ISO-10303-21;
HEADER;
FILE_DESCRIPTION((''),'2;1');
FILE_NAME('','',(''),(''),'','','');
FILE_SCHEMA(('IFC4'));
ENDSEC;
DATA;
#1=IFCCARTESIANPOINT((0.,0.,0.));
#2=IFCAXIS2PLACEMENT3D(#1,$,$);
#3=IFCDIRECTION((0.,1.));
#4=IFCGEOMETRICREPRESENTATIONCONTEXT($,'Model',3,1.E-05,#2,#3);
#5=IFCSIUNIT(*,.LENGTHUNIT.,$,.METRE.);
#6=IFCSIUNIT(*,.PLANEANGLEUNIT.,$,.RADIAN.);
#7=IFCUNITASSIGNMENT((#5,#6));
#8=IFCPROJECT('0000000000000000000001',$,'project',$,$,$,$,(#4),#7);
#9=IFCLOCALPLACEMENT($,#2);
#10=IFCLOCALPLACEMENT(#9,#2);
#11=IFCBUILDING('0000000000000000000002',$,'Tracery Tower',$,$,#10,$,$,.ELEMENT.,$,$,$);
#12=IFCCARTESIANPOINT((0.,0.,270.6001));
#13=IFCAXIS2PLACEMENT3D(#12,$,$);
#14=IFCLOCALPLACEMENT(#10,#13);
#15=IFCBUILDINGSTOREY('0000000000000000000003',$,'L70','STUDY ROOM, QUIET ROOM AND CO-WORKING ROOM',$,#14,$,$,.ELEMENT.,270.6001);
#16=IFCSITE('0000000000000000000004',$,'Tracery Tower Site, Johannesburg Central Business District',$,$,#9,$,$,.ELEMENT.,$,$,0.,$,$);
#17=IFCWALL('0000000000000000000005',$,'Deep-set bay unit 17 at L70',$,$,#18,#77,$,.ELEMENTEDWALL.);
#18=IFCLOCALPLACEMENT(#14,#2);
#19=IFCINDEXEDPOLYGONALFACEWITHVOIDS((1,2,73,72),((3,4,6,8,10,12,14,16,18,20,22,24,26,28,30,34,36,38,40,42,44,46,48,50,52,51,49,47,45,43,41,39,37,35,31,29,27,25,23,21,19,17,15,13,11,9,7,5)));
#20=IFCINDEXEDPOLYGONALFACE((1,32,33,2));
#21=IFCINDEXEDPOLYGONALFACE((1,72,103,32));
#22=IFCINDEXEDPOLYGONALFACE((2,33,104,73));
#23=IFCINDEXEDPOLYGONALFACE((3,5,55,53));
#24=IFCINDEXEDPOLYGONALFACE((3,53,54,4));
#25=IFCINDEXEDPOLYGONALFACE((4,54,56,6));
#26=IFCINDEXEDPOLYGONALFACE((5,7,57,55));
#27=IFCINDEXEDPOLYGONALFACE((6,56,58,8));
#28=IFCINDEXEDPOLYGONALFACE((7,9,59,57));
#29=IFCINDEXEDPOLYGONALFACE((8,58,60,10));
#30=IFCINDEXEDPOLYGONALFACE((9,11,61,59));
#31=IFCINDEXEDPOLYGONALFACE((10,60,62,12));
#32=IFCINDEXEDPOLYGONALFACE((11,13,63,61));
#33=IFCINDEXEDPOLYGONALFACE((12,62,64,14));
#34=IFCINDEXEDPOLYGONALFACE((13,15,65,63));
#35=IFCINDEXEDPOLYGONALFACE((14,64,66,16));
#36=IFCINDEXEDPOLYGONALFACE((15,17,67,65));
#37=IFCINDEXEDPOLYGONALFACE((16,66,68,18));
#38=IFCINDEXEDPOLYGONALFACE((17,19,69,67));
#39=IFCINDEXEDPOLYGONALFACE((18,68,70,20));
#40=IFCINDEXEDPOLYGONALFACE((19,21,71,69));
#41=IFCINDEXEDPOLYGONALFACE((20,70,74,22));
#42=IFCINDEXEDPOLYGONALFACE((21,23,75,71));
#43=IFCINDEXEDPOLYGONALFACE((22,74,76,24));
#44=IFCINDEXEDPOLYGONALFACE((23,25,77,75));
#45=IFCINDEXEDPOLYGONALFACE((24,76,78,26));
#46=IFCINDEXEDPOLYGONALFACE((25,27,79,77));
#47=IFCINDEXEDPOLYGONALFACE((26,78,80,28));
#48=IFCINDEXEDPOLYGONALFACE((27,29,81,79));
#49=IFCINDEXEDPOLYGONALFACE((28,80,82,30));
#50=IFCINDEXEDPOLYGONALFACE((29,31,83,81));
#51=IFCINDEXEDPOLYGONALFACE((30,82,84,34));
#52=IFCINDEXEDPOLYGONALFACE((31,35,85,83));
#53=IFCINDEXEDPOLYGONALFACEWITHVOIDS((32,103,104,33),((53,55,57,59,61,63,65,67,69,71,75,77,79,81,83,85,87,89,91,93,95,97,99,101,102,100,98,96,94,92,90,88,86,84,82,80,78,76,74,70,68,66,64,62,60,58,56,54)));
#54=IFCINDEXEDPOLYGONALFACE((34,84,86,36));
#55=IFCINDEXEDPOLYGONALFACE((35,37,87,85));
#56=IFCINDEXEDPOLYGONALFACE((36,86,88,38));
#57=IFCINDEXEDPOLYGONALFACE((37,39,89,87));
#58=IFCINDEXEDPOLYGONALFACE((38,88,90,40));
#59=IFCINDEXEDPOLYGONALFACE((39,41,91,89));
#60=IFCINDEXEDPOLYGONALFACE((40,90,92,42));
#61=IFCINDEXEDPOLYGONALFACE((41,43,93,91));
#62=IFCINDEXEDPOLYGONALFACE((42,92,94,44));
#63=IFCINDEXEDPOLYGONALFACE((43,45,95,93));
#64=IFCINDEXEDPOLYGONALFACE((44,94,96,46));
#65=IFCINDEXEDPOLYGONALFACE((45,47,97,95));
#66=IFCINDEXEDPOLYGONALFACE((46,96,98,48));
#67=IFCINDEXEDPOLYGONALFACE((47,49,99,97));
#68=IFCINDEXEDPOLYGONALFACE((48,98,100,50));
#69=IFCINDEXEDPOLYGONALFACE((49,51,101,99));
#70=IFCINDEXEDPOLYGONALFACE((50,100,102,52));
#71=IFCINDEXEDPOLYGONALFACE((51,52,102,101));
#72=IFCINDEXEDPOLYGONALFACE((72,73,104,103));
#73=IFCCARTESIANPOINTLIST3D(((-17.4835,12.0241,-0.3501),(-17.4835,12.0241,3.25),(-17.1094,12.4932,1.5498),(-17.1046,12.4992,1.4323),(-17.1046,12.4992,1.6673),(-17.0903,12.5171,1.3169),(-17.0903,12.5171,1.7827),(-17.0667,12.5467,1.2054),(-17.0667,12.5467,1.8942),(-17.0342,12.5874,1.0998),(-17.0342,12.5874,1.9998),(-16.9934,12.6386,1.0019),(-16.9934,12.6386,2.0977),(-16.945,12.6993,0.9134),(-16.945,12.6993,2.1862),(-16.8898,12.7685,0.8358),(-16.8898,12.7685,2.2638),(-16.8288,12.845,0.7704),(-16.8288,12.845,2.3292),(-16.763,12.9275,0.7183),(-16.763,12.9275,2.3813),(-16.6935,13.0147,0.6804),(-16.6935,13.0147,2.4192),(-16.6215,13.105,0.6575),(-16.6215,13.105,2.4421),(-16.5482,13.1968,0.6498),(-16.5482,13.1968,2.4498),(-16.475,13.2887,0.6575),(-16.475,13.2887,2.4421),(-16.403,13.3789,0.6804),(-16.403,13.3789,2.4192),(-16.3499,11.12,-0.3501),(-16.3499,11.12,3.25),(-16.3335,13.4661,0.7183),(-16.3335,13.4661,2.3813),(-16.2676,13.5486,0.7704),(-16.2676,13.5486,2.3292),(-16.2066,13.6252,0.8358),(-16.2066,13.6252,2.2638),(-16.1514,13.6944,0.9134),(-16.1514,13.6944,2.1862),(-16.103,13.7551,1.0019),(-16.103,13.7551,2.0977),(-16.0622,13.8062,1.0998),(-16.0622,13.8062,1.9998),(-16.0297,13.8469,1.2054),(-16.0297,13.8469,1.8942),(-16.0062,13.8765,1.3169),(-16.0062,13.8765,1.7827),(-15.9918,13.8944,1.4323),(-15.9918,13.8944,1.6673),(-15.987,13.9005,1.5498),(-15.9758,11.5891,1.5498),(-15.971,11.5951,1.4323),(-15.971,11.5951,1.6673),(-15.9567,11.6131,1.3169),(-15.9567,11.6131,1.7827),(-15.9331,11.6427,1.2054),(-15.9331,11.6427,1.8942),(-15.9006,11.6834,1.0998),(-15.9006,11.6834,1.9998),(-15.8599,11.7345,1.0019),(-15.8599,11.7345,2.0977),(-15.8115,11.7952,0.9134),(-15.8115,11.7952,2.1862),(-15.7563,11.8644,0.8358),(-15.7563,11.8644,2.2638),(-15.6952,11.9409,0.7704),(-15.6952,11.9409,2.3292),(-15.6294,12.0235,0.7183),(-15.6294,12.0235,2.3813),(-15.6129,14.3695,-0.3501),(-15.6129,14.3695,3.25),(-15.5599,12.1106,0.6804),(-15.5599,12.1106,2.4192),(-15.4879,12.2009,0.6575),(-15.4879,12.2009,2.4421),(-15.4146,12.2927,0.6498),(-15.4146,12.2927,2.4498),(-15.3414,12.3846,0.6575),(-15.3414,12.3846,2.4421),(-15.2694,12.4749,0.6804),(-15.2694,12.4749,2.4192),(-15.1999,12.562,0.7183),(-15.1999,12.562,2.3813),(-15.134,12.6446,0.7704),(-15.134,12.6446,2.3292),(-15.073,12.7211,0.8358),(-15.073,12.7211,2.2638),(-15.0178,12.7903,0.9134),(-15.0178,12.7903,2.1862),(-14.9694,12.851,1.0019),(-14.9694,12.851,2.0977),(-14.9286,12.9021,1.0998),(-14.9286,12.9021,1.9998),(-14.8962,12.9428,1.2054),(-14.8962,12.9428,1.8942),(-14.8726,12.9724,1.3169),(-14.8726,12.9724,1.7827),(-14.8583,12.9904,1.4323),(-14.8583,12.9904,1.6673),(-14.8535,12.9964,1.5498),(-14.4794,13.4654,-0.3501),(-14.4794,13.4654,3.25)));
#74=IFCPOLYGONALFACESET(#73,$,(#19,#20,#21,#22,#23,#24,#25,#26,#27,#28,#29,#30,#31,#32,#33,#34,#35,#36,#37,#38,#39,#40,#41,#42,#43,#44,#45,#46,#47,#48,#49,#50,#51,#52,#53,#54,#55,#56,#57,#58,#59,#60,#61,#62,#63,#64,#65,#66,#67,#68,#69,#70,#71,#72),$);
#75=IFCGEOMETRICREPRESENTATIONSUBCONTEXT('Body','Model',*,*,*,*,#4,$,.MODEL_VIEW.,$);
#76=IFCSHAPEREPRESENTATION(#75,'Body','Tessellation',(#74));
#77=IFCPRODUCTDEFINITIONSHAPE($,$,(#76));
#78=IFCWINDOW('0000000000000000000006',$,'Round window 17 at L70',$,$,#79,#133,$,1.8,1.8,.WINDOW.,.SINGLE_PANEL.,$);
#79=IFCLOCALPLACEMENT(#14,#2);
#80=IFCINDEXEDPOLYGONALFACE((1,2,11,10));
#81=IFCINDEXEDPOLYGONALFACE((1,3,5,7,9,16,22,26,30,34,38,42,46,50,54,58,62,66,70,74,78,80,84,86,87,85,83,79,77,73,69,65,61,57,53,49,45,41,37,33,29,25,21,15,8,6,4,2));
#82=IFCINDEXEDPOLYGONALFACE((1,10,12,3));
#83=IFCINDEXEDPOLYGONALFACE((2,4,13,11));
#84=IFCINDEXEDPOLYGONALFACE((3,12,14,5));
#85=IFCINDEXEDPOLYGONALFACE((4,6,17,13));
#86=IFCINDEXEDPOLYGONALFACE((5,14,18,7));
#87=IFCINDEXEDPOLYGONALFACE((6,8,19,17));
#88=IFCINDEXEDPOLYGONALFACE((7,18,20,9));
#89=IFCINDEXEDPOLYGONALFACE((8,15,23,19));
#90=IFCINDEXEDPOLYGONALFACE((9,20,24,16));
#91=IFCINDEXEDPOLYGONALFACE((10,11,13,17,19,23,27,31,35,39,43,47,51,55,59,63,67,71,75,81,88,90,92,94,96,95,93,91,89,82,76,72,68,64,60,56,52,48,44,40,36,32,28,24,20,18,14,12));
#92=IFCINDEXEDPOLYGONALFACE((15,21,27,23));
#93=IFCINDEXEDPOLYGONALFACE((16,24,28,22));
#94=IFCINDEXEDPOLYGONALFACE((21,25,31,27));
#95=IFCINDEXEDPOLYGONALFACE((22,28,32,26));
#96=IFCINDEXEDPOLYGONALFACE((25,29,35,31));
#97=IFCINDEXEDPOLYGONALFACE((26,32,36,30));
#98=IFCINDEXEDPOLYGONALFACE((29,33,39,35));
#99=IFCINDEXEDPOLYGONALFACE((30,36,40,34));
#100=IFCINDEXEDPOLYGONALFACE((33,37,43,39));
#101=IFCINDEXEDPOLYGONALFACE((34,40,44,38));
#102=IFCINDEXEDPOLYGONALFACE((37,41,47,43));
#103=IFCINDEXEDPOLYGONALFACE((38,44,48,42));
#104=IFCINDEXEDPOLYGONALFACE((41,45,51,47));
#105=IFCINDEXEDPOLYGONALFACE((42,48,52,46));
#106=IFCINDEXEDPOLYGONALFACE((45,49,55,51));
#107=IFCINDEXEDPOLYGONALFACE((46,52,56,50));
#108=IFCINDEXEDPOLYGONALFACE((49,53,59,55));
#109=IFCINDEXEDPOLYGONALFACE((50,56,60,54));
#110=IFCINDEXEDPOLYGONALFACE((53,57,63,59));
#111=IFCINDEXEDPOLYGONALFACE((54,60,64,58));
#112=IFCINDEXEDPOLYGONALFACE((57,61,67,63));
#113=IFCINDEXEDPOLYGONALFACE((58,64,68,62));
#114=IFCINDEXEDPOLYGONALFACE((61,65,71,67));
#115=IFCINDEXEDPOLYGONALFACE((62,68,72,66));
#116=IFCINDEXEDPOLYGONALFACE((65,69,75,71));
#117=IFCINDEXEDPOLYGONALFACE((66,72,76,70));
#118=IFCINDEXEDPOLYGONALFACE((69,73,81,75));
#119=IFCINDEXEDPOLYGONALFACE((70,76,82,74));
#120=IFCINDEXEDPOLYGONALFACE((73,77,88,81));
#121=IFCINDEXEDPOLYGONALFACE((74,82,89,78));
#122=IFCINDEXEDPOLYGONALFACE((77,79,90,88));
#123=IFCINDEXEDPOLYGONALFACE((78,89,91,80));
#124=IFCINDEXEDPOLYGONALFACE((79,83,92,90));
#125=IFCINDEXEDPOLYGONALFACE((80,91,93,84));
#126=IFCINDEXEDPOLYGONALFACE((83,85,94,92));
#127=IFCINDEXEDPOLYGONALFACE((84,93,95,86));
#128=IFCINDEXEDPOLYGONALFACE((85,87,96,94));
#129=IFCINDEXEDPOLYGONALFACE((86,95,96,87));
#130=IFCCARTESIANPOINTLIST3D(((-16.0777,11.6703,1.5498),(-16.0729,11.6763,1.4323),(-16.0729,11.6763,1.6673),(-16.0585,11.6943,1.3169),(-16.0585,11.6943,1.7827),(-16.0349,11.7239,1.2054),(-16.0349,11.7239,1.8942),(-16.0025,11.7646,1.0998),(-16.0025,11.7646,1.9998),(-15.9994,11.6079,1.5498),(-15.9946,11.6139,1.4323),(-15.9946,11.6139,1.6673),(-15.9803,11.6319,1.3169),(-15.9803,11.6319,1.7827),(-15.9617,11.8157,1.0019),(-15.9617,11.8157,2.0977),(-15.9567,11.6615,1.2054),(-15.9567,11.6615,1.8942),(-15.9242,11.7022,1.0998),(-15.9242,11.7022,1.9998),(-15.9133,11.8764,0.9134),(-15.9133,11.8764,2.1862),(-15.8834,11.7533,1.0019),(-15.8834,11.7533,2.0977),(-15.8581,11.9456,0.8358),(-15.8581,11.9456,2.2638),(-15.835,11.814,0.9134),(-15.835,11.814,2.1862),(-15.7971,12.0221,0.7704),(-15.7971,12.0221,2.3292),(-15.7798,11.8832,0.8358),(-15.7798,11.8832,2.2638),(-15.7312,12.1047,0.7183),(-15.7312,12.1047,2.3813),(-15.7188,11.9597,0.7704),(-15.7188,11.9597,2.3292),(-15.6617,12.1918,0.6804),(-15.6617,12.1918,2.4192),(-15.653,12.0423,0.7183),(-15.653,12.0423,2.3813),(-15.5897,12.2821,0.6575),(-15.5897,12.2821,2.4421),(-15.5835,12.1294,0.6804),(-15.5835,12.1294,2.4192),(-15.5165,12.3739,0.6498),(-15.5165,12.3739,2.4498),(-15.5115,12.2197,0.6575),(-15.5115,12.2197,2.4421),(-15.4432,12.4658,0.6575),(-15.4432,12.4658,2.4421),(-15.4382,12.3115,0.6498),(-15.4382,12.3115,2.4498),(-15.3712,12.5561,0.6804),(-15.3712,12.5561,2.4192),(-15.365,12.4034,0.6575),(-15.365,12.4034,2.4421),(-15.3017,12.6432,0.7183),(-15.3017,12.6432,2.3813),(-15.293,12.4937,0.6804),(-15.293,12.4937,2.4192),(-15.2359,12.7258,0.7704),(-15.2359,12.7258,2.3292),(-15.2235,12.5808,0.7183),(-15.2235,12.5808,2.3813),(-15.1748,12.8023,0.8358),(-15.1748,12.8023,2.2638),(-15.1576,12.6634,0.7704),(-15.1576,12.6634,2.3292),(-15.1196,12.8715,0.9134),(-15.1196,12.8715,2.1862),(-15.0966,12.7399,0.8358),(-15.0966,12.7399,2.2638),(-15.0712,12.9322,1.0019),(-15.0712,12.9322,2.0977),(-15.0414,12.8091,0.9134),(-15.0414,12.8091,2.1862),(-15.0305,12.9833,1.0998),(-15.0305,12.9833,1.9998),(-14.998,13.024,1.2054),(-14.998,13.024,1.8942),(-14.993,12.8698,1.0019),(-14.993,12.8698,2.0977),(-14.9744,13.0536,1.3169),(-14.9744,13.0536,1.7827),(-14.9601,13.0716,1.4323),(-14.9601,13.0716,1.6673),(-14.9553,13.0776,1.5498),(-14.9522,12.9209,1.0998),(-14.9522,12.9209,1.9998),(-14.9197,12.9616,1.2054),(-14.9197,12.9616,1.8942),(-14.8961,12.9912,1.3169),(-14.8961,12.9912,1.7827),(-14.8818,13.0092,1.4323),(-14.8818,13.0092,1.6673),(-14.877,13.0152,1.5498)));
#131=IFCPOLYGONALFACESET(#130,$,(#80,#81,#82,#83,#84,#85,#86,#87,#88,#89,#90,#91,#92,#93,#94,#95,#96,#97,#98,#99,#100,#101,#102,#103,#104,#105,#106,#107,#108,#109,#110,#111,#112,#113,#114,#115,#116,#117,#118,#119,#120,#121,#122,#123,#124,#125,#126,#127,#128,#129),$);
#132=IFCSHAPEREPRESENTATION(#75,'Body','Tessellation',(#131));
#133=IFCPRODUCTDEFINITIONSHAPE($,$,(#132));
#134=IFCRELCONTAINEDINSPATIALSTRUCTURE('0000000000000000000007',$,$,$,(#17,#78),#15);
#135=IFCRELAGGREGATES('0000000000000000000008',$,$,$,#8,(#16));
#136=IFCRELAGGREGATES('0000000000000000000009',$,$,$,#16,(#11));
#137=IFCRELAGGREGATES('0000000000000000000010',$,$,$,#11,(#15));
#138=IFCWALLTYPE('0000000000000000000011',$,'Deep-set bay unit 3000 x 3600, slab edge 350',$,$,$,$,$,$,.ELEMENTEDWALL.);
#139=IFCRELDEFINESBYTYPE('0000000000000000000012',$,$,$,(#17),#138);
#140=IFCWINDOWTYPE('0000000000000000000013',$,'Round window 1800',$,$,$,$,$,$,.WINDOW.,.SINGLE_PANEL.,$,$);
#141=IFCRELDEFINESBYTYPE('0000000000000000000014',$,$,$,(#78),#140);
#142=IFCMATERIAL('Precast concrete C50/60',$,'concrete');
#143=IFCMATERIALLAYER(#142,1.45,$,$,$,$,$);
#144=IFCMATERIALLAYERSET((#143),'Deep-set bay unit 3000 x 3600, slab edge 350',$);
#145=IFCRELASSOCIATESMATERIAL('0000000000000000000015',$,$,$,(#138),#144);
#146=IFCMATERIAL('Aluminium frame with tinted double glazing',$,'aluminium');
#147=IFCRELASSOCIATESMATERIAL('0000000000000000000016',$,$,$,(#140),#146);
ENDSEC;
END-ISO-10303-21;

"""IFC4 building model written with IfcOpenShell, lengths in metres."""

from ifc_helpers import new_model, si_unit, direction, frame, frame_2d, origin, origin_2d, place, context, subcontext, project, spatial, rectangle, circle, extrude, material, layer, layer_set, type_object, element, fill, save


model = new_model("IFC4")

# Units and contexts
model_context = context("Model", 3, precision=1e-05, world=origin(), true_north=direction((0.0, 1.0)))
body_context = subcontext(model_context, "Body", "Model", "MODEL_VIEW")
ifc_project = project(units=[si_unit("LENGTHUNIT", "METRE"), si_unit("PLANEANGLEUNIT", "RADIAN")], contexts=[model_context])

# Site, building, storey
site_placement = place(None, origin())
site = spatial("IfcSite", under=ifc_project, at=site_placement, Name="Tracery Tower Site, Johannesburg Central Business District", CompositionType="ELEMENT", RefElevation=0.0)
building_placement = place(site_placement, origin())
building = spatial("IfcBuilding", under=site, at=building_placement, Name="Tracery Tower", CompositionType="ELEMENT")
storey_placement = place(building_placement, frame((0.0, 0.0, 270.6001)))
storey = spatial("IfcBuildingStorey", under=building, at=storey_placement, Name="L70", Description="STUDY ROOM, QUIET ROOM AND CO-WORKING ROOM", CompositionType="ELEMENT", Elevation=270.6001)

# Wall, opening, window
ifc_material_1 = material(Name="Precast concrete C50/60", Category="concrete")
ifc_layer_1 = layer(ifc_material_1, 1.45)
ifc_layer_set_1 = layer_set([ifc_layer_1], Name="Deep-set bay unit 3000 x 3600, slab edge 350")
wall_type_1 = type_object("IfcWallType", Name="Deep-set bay unit 3000 x 3600, slab edge 350", PredefinedType="ELEMENTEDWALL", material=ifc_layer_set_1)
wall_1_placement = place(storey_placement, frame((-15.0461, 13.9175, -0.3501), z_axis=(0.0, 0.0, 1.0), x_axis=(-0.623523, -0.781805, 0.0)))
wall_1 = element("IfcWall", 1, at=wall_1_placement, inside=storey, type_object=wall_type_1, Name="Deep-set bay unit 17 at L70", PredefinedType="ELEMENTEDWALL", context=body_context, shape_type="SweptSolid", body=[
    extrude(rectangle(XDim=3.0, YDim=1.45, at=frame_2d((1.5, 0.0))), origin(), (0.0, 0.0, 1.0), 3.6001),
])
opening_1_placement = place(wall_1_placement, frame((1.5, 0.0, 1.8999)))
opening_1 = element("IfcOpeningElement", 2, at=opening_1_placement, cuts=wall_1, PredefinedType="OPENING", context=body_context, shape_type="SweptSolid", body=[
    extrude(circle(Radius=0.9, at=origin_2d()), frame((0.0, 0.7349, 0.0), z_axis=(0.0, -1.0, 0.0), x_axis=(1.0, 0.0, 0.0)), (0.0, 0.0, 1.0), 1.47),
])
ifc_material_2 = material(Name="Aluminium frame with tinted double glazing", Category="aluminium")
window_type = type_object("IfcWindowType", Name="Round window 1800", PartitioningType="SINGLE_PANEL", PredefinedType="WINDOW", material=ifc_material_2)
window_1_placement = place(opening_1_placement, origin())
window_1 = element("IfcWindow", 3, at=window_1_placement, inside=storey, type_object=window_type, Name="Round window 17 at L70", OverallHeight=1.8, OverallWidth=1.8, PartitioningType="SINGLE_PANEL", PredefinedType="WINDOW", context=body_context, shape_type="SweptSolid", body=[
    extrude(circle(Radius=0.9, at=origin_2d()), frame((0.0, 0.6948, 0.0), z_axis=(0.0, -1.0, 0.0), x_axis=(1.0, 0.0, 0.0)), (0.0, 0.0, 1.0), 0.1001),
])
fill(opening_1, window_1)

save(model, "model.ifc")
